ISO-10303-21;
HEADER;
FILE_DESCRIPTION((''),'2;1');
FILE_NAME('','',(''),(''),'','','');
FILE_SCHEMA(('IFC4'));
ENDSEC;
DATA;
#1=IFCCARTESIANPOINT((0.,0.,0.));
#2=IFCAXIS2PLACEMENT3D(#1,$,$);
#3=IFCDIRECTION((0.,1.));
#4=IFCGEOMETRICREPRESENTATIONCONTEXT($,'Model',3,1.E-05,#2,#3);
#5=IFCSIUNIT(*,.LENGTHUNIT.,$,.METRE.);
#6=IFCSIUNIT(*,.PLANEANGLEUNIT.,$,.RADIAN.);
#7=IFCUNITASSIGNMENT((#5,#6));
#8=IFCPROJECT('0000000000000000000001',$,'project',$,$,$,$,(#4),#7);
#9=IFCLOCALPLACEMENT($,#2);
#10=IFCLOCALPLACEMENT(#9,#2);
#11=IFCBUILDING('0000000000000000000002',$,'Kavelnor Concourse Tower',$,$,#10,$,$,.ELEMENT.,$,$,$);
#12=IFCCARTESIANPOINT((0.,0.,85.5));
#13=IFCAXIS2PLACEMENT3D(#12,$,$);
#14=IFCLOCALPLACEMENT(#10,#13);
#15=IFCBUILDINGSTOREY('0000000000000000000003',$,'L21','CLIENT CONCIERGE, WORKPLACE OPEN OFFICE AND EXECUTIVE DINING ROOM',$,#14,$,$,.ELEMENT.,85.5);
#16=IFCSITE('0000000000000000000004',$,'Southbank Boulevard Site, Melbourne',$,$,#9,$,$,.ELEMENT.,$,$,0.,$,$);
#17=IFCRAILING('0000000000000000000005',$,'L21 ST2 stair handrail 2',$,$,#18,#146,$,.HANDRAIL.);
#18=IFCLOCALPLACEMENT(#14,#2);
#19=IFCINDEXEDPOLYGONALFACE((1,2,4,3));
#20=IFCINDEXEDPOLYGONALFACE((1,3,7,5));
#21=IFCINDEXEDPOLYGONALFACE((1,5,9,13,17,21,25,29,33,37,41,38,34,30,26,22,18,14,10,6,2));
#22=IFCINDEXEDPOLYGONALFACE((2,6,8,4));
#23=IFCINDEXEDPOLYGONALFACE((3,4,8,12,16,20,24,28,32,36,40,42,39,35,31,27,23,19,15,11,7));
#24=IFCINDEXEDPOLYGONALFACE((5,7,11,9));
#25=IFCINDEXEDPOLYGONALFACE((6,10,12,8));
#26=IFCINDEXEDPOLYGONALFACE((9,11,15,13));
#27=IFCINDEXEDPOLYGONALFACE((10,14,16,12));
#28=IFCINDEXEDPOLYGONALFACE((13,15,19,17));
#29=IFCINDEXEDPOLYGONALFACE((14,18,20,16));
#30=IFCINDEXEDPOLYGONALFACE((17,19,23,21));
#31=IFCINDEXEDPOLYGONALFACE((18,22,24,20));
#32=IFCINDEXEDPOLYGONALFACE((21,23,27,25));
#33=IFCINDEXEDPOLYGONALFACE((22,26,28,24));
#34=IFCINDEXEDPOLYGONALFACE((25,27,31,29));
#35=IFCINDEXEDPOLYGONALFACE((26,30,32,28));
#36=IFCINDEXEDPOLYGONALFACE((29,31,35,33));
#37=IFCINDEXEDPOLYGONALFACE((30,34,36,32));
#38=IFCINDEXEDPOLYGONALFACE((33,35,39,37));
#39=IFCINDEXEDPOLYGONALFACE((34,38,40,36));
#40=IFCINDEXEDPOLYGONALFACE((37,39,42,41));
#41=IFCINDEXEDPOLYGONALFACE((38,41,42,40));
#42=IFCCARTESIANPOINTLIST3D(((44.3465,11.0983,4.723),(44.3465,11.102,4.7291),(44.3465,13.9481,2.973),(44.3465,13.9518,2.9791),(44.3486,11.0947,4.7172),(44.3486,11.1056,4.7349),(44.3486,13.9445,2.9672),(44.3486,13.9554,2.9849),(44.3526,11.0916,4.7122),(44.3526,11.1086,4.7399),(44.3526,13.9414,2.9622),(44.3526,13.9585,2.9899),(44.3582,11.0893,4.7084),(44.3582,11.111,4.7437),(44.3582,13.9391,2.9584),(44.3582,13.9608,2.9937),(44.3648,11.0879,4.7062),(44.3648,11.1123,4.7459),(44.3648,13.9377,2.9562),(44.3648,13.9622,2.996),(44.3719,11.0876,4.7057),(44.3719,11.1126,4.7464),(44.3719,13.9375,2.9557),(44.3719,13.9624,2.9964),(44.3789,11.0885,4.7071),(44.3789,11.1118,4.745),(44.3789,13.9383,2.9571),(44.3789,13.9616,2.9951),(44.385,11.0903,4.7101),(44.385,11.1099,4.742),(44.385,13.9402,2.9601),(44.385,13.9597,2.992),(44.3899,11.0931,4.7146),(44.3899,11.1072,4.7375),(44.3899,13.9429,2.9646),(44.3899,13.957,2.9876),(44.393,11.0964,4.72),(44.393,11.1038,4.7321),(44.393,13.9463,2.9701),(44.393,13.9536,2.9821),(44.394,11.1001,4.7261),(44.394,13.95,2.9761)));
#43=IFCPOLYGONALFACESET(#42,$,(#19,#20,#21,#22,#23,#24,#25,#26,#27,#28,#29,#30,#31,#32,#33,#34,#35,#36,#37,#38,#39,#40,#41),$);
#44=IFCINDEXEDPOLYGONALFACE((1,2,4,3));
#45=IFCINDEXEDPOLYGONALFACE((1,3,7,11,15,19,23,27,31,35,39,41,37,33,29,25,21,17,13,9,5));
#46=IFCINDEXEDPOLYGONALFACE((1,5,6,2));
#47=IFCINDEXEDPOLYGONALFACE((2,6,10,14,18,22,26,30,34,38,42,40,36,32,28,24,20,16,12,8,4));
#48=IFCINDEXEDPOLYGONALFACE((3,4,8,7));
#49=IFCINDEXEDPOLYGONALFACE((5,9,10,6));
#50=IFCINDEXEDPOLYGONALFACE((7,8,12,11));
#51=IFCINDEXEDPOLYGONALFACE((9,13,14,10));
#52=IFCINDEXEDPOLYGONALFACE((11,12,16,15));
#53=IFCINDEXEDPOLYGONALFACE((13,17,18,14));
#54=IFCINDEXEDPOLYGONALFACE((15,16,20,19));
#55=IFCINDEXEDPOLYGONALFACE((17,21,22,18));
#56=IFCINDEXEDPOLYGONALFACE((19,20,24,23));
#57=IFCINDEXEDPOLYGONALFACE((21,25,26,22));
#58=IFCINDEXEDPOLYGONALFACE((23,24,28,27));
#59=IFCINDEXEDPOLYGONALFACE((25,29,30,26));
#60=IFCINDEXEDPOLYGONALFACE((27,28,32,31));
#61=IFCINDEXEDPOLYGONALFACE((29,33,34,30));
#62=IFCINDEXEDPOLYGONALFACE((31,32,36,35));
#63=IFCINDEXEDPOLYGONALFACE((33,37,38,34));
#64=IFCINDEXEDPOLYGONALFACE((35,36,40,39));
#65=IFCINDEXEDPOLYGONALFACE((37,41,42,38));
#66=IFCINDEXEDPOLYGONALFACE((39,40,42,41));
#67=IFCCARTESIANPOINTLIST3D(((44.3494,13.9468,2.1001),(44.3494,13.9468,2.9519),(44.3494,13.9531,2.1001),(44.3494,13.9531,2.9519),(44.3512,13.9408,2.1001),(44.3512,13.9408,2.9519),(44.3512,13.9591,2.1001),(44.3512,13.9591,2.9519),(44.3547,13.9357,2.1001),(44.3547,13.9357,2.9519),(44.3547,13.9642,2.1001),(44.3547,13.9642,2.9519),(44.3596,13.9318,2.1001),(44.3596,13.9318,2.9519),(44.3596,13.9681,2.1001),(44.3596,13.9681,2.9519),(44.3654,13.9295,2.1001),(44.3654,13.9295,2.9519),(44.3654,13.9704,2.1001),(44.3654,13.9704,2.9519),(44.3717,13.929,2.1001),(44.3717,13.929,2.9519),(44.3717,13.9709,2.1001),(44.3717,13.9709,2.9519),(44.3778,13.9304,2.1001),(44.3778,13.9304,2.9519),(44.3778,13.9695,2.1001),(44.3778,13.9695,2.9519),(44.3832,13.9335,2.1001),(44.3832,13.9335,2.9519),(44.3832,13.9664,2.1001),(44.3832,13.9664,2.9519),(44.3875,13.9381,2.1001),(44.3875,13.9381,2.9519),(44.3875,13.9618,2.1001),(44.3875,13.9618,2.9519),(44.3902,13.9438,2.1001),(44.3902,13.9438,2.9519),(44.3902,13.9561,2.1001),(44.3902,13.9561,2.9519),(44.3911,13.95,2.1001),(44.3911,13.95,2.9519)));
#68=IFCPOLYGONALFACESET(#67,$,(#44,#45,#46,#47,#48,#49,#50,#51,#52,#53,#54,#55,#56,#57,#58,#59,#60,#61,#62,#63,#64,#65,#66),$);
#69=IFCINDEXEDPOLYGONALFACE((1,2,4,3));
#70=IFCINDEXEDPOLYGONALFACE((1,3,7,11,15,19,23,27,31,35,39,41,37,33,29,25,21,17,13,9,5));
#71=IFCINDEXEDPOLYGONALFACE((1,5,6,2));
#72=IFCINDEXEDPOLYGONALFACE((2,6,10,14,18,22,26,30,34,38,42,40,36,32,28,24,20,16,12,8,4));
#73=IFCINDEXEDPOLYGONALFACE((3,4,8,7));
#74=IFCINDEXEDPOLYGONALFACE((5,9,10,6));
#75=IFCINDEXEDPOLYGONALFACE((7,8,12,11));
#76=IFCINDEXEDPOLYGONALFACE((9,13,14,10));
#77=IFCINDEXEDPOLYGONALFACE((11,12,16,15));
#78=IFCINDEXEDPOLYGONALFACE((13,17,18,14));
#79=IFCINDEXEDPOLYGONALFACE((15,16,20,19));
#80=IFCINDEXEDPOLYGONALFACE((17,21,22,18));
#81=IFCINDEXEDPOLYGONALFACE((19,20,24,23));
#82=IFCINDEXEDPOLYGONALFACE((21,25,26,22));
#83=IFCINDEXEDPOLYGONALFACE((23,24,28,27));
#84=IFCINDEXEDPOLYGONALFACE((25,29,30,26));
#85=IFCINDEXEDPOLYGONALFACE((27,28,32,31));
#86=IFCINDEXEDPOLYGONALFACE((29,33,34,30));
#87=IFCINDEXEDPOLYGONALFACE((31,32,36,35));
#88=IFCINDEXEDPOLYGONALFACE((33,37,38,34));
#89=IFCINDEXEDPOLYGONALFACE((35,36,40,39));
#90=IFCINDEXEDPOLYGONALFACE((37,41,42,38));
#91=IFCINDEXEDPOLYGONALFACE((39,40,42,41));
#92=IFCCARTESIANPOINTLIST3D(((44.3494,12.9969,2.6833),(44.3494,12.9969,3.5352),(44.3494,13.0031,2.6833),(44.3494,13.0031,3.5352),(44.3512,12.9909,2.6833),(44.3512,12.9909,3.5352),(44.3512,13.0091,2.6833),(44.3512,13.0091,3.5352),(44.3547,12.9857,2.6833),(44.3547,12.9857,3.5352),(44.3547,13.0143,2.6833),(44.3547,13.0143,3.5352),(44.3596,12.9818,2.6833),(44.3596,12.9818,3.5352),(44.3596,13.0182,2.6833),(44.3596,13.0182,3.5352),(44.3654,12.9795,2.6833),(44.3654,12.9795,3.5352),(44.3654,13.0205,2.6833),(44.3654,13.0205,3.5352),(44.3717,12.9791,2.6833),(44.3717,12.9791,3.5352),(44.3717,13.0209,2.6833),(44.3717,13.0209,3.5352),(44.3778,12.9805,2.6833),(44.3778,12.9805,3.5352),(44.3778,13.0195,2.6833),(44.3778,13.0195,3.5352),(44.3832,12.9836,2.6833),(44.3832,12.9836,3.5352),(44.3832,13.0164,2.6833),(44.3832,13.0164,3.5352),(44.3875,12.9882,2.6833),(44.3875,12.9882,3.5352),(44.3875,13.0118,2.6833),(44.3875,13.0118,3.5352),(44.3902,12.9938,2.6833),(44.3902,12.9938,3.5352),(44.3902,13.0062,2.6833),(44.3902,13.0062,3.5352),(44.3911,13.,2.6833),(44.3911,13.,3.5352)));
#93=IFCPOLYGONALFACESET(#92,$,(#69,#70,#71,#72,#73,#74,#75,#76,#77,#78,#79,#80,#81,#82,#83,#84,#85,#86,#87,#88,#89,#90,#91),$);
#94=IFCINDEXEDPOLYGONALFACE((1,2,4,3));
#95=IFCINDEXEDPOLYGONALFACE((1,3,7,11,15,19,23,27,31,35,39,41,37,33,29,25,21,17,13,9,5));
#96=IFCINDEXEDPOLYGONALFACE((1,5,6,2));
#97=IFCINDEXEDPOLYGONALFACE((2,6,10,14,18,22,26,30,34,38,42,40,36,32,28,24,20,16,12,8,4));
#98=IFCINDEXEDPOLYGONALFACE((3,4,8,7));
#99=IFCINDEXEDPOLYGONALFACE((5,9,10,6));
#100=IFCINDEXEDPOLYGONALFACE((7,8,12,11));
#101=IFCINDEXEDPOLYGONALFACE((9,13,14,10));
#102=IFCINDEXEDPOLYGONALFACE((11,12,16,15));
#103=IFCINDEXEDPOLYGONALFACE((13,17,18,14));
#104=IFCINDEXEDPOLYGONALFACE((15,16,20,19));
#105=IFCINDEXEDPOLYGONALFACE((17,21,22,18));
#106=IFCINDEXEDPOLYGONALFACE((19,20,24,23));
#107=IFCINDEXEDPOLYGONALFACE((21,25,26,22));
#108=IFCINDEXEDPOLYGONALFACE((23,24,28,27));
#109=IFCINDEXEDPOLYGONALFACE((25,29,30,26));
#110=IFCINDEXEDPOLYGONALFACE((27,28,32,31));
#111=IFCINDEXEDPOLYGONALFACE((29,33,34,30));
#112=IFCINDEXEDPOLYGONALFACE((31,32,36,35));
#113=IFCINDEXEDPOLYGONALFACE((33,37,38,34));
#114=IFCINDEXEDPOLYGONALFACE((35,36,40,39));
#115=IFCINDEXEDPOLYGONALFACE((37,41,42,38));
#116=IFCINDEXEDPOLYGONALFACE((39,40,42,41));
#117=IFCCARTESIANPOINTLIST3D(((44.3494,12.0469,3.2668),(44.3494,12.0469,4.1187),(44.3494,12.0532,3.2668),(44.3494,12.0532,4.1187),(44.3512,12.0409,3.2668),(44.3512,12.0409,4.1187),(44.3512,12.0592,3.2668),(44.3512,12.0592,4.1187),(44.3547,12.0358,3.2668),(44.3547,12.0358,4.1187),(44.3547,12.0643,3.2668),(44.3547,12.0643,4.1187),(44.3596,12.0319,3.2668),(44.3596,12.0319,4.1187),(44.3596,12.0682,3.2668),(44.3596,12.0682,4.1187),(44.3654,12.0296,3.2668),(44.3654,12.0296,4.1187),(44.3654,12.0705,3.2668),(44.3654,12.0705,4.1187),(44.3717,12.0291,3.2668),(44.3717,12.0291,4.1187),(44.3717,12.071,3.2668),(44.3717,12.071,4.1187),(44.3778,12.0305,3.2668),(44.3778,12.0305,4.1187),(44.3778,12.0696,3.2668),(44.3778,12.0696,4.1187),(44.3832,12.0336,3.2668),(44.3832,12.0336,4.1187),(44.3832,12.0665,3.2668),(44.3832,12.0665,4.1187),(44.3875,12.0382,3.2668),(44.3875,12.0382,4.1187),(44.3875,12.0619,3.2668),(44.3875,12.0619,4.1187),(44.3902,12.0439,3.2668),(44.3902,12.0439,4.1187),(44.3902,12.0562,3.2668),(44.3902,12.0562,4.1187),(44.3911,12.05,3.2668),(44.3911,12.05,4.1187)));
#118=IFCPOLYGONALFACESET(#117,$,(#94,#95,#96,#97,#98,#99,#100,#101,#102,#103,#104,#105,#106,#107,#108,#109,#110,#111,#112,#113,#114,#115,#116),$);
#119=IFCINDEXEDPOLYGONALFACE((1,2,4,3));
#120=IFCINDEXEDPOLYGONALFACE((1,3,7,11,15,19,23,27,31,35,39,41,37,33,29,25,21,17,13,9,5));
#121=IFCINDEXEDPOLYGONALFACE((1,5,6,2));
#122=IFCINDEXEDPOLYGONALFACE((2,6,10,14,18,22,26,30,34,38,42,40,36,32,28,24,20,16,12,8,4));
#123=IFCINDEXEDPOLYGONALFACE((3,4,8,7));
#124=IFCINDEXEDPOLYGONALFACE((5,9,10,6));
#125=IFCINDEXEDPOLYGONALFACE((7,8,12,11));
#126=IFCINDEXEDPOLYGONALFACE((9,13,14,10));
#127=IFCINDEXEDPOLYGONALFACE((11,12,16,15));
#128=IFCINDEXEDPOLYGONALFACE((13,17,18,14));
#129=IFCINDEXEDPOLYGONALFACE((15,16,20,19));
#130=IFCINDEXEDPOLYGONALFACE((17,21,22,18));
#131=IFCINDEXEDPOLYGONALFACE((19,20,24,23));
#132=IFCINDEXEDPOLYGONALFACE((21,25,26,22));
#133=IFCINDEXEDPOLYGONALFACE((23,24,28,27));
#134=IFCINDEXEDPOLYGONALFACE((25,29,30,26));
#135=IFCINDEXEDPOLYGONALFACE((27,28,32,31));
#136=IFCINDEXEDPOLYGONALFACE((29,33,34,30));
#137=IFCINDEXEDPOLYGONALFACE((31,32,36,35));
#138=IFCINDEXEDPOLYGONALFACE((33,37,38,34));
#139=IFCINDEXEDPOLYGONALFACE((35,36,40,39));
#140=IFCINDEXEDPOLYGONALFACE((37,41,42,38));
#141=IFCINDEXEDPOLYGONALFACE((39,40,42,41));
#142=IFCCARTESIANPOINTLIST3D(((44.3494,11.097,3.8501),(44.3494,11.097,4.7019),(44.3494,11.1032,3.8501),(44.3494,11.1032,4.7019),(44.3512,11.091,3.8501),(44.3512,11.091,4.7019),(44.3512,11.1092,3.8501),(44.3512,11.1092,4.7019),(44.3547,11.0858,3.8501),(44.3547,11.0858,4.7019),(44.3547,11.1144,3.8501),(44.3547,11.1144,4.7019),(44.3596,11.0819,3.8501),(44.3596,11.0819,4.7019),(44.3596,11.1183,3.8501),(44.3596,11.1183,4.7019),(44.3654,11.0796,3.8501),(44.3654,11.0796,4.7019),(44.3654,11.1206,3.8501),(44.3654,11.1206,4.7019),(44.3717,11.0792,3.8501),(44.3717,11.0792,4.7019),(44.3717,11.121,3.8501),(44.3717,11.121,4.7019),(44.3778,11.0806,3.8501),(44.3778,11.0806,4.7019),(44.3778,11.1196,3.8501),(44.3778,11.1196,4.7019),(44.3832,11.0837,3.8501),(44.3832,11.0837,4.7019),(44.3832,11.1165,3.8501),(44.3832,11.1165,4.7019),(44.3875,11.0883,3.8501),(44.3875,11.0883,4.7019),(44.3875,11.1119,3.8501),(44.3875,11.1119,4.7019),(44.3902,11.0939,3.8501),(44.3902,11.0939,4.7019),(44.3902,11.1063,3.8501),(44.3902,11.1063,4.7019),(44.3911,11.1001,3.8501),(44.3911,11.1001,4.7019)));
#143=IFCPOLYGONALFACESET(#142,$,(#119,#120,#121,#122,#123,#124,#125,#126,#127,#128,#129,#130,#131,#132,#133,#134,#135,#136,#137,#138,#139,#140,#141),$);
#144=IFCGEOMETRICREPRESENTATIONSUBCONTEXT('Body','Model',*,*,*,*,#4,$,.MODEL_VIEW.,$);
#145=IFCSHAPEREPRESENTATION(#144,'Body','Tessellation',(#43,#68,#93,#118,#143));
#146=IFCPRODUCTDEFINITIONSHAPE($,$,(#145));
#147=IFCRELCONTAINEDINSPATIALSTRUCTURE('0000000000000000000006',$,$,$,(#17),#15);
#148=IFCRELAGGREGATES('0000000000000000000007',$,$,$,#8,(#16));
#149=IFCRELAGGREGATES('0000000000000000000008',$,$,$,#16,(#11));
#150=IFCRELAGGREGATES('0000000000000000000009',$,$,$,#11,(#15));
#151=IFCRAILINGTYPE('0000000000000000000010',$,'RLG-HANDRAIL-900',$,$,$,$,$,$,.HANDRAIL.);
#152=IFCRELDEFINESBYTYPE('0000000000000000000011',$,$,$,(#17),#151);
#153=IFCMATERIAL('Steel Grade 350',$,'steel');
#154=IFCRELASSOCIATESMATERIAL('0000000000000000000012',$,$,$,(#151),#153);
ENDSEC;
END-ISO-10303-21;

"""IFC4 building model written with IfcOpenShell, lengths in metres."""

from ifc_helpers import new_model, si_unit, direction, frame, origin, origin_2d, place, context, subcontext, project, spatial, circle, extrude, material, type_object, element, save


model = new_model("IFC4")

# Units and contexts
model_context = context("Model", 3, precision=1e-05, world=origin(), true_north=direction((0.0, 1.0)))
body_context = subcontext(model_context, "Body", "Model", "MODEL_VIEW")
ifc_project = project(units=[si_unit("LENGTHUNIT", "METRE"), si_unit("PLANEANGLEUNIT", "RADIAN")], contexts=[model_context])

# Site, building, storey
site_placement = place(None, origin())
site = spatial("IfcSite", under=ifc_project, at=site_placement, Name="Southbank Boulevard Site, Melbourne", CompositionType="ELEMENT", RefElevation=0.0)
building_placement = place(site_placement, origin())
building = spatial("IfcBuilding", under=site, at=building_placement, Name="Kavelnor Concourse Tower", CompositionType="ELEMENT")
storey_placement = place(building_placement, frame((0.0, 0.0, 85.5)))
storey = spatial("IfcBuildingStorey", under=building, at=storey_placement, Name="L21", Description="CLIENT CONCIERGE, WORKPLACE OPEN OFFICE AND EXECUTIVE DINING ROOM", CompositionType="ELEMENT", Elevation=85.5)

# Shared definitions
ifc_material_1 = material(Name="Steel Grade 350", Category="steel")

# Railing
railing_type_1 = type_object("IfcRailingType", Name="RLG-HANDRAIL-900", PredefinedType="HANDRAIL", material=ifc_material_1)
railing_1_placement = place(storey_placement, frame((44.3701, 13.95, 2.1001)))
element("IfcRailing", 1, at=railing_1_placement, inside=storey, type_object=railing_type_1, Name="L21 ST2 stair handrail 2", PredefinedType="HANDRAIL", context=body_context, shape_type="SweptSolid", body=[
    extrude(circle(Radius=0.0239, at=origin_2d()), frame((0.0, 0.0, 0.876), z_axis=(0.0, -0.852159, 0.523283), x_axis=(1.0, 0.0, 0.0)), (0.0, 0.0, 1.0), 3.3442),
    extrude(circle(Radius=0.021, at=origin_2d()), origin(), (0.0, 0.0, 1.0), 0.8518),
    extrude(circle(Radius=0.021, at=origin_2d()), frame((0.0, -0.95, 0.5833)), (0.0, 0.0, 1.0), 0.8518),
    extrude(circle(Radius=0.021, at=origin_2d()), frame((0.0, -1.8999, 1.1667)), (0.0, 0.0, 1.0), 0.8518),
    extrude(circle(Radius=0.021, at=origin_2d()), frame((0.0, -2.8499, 1.75)), (0.0, 0.0, 1.0), 0.8518),
])

save(model, "model.ifc")
